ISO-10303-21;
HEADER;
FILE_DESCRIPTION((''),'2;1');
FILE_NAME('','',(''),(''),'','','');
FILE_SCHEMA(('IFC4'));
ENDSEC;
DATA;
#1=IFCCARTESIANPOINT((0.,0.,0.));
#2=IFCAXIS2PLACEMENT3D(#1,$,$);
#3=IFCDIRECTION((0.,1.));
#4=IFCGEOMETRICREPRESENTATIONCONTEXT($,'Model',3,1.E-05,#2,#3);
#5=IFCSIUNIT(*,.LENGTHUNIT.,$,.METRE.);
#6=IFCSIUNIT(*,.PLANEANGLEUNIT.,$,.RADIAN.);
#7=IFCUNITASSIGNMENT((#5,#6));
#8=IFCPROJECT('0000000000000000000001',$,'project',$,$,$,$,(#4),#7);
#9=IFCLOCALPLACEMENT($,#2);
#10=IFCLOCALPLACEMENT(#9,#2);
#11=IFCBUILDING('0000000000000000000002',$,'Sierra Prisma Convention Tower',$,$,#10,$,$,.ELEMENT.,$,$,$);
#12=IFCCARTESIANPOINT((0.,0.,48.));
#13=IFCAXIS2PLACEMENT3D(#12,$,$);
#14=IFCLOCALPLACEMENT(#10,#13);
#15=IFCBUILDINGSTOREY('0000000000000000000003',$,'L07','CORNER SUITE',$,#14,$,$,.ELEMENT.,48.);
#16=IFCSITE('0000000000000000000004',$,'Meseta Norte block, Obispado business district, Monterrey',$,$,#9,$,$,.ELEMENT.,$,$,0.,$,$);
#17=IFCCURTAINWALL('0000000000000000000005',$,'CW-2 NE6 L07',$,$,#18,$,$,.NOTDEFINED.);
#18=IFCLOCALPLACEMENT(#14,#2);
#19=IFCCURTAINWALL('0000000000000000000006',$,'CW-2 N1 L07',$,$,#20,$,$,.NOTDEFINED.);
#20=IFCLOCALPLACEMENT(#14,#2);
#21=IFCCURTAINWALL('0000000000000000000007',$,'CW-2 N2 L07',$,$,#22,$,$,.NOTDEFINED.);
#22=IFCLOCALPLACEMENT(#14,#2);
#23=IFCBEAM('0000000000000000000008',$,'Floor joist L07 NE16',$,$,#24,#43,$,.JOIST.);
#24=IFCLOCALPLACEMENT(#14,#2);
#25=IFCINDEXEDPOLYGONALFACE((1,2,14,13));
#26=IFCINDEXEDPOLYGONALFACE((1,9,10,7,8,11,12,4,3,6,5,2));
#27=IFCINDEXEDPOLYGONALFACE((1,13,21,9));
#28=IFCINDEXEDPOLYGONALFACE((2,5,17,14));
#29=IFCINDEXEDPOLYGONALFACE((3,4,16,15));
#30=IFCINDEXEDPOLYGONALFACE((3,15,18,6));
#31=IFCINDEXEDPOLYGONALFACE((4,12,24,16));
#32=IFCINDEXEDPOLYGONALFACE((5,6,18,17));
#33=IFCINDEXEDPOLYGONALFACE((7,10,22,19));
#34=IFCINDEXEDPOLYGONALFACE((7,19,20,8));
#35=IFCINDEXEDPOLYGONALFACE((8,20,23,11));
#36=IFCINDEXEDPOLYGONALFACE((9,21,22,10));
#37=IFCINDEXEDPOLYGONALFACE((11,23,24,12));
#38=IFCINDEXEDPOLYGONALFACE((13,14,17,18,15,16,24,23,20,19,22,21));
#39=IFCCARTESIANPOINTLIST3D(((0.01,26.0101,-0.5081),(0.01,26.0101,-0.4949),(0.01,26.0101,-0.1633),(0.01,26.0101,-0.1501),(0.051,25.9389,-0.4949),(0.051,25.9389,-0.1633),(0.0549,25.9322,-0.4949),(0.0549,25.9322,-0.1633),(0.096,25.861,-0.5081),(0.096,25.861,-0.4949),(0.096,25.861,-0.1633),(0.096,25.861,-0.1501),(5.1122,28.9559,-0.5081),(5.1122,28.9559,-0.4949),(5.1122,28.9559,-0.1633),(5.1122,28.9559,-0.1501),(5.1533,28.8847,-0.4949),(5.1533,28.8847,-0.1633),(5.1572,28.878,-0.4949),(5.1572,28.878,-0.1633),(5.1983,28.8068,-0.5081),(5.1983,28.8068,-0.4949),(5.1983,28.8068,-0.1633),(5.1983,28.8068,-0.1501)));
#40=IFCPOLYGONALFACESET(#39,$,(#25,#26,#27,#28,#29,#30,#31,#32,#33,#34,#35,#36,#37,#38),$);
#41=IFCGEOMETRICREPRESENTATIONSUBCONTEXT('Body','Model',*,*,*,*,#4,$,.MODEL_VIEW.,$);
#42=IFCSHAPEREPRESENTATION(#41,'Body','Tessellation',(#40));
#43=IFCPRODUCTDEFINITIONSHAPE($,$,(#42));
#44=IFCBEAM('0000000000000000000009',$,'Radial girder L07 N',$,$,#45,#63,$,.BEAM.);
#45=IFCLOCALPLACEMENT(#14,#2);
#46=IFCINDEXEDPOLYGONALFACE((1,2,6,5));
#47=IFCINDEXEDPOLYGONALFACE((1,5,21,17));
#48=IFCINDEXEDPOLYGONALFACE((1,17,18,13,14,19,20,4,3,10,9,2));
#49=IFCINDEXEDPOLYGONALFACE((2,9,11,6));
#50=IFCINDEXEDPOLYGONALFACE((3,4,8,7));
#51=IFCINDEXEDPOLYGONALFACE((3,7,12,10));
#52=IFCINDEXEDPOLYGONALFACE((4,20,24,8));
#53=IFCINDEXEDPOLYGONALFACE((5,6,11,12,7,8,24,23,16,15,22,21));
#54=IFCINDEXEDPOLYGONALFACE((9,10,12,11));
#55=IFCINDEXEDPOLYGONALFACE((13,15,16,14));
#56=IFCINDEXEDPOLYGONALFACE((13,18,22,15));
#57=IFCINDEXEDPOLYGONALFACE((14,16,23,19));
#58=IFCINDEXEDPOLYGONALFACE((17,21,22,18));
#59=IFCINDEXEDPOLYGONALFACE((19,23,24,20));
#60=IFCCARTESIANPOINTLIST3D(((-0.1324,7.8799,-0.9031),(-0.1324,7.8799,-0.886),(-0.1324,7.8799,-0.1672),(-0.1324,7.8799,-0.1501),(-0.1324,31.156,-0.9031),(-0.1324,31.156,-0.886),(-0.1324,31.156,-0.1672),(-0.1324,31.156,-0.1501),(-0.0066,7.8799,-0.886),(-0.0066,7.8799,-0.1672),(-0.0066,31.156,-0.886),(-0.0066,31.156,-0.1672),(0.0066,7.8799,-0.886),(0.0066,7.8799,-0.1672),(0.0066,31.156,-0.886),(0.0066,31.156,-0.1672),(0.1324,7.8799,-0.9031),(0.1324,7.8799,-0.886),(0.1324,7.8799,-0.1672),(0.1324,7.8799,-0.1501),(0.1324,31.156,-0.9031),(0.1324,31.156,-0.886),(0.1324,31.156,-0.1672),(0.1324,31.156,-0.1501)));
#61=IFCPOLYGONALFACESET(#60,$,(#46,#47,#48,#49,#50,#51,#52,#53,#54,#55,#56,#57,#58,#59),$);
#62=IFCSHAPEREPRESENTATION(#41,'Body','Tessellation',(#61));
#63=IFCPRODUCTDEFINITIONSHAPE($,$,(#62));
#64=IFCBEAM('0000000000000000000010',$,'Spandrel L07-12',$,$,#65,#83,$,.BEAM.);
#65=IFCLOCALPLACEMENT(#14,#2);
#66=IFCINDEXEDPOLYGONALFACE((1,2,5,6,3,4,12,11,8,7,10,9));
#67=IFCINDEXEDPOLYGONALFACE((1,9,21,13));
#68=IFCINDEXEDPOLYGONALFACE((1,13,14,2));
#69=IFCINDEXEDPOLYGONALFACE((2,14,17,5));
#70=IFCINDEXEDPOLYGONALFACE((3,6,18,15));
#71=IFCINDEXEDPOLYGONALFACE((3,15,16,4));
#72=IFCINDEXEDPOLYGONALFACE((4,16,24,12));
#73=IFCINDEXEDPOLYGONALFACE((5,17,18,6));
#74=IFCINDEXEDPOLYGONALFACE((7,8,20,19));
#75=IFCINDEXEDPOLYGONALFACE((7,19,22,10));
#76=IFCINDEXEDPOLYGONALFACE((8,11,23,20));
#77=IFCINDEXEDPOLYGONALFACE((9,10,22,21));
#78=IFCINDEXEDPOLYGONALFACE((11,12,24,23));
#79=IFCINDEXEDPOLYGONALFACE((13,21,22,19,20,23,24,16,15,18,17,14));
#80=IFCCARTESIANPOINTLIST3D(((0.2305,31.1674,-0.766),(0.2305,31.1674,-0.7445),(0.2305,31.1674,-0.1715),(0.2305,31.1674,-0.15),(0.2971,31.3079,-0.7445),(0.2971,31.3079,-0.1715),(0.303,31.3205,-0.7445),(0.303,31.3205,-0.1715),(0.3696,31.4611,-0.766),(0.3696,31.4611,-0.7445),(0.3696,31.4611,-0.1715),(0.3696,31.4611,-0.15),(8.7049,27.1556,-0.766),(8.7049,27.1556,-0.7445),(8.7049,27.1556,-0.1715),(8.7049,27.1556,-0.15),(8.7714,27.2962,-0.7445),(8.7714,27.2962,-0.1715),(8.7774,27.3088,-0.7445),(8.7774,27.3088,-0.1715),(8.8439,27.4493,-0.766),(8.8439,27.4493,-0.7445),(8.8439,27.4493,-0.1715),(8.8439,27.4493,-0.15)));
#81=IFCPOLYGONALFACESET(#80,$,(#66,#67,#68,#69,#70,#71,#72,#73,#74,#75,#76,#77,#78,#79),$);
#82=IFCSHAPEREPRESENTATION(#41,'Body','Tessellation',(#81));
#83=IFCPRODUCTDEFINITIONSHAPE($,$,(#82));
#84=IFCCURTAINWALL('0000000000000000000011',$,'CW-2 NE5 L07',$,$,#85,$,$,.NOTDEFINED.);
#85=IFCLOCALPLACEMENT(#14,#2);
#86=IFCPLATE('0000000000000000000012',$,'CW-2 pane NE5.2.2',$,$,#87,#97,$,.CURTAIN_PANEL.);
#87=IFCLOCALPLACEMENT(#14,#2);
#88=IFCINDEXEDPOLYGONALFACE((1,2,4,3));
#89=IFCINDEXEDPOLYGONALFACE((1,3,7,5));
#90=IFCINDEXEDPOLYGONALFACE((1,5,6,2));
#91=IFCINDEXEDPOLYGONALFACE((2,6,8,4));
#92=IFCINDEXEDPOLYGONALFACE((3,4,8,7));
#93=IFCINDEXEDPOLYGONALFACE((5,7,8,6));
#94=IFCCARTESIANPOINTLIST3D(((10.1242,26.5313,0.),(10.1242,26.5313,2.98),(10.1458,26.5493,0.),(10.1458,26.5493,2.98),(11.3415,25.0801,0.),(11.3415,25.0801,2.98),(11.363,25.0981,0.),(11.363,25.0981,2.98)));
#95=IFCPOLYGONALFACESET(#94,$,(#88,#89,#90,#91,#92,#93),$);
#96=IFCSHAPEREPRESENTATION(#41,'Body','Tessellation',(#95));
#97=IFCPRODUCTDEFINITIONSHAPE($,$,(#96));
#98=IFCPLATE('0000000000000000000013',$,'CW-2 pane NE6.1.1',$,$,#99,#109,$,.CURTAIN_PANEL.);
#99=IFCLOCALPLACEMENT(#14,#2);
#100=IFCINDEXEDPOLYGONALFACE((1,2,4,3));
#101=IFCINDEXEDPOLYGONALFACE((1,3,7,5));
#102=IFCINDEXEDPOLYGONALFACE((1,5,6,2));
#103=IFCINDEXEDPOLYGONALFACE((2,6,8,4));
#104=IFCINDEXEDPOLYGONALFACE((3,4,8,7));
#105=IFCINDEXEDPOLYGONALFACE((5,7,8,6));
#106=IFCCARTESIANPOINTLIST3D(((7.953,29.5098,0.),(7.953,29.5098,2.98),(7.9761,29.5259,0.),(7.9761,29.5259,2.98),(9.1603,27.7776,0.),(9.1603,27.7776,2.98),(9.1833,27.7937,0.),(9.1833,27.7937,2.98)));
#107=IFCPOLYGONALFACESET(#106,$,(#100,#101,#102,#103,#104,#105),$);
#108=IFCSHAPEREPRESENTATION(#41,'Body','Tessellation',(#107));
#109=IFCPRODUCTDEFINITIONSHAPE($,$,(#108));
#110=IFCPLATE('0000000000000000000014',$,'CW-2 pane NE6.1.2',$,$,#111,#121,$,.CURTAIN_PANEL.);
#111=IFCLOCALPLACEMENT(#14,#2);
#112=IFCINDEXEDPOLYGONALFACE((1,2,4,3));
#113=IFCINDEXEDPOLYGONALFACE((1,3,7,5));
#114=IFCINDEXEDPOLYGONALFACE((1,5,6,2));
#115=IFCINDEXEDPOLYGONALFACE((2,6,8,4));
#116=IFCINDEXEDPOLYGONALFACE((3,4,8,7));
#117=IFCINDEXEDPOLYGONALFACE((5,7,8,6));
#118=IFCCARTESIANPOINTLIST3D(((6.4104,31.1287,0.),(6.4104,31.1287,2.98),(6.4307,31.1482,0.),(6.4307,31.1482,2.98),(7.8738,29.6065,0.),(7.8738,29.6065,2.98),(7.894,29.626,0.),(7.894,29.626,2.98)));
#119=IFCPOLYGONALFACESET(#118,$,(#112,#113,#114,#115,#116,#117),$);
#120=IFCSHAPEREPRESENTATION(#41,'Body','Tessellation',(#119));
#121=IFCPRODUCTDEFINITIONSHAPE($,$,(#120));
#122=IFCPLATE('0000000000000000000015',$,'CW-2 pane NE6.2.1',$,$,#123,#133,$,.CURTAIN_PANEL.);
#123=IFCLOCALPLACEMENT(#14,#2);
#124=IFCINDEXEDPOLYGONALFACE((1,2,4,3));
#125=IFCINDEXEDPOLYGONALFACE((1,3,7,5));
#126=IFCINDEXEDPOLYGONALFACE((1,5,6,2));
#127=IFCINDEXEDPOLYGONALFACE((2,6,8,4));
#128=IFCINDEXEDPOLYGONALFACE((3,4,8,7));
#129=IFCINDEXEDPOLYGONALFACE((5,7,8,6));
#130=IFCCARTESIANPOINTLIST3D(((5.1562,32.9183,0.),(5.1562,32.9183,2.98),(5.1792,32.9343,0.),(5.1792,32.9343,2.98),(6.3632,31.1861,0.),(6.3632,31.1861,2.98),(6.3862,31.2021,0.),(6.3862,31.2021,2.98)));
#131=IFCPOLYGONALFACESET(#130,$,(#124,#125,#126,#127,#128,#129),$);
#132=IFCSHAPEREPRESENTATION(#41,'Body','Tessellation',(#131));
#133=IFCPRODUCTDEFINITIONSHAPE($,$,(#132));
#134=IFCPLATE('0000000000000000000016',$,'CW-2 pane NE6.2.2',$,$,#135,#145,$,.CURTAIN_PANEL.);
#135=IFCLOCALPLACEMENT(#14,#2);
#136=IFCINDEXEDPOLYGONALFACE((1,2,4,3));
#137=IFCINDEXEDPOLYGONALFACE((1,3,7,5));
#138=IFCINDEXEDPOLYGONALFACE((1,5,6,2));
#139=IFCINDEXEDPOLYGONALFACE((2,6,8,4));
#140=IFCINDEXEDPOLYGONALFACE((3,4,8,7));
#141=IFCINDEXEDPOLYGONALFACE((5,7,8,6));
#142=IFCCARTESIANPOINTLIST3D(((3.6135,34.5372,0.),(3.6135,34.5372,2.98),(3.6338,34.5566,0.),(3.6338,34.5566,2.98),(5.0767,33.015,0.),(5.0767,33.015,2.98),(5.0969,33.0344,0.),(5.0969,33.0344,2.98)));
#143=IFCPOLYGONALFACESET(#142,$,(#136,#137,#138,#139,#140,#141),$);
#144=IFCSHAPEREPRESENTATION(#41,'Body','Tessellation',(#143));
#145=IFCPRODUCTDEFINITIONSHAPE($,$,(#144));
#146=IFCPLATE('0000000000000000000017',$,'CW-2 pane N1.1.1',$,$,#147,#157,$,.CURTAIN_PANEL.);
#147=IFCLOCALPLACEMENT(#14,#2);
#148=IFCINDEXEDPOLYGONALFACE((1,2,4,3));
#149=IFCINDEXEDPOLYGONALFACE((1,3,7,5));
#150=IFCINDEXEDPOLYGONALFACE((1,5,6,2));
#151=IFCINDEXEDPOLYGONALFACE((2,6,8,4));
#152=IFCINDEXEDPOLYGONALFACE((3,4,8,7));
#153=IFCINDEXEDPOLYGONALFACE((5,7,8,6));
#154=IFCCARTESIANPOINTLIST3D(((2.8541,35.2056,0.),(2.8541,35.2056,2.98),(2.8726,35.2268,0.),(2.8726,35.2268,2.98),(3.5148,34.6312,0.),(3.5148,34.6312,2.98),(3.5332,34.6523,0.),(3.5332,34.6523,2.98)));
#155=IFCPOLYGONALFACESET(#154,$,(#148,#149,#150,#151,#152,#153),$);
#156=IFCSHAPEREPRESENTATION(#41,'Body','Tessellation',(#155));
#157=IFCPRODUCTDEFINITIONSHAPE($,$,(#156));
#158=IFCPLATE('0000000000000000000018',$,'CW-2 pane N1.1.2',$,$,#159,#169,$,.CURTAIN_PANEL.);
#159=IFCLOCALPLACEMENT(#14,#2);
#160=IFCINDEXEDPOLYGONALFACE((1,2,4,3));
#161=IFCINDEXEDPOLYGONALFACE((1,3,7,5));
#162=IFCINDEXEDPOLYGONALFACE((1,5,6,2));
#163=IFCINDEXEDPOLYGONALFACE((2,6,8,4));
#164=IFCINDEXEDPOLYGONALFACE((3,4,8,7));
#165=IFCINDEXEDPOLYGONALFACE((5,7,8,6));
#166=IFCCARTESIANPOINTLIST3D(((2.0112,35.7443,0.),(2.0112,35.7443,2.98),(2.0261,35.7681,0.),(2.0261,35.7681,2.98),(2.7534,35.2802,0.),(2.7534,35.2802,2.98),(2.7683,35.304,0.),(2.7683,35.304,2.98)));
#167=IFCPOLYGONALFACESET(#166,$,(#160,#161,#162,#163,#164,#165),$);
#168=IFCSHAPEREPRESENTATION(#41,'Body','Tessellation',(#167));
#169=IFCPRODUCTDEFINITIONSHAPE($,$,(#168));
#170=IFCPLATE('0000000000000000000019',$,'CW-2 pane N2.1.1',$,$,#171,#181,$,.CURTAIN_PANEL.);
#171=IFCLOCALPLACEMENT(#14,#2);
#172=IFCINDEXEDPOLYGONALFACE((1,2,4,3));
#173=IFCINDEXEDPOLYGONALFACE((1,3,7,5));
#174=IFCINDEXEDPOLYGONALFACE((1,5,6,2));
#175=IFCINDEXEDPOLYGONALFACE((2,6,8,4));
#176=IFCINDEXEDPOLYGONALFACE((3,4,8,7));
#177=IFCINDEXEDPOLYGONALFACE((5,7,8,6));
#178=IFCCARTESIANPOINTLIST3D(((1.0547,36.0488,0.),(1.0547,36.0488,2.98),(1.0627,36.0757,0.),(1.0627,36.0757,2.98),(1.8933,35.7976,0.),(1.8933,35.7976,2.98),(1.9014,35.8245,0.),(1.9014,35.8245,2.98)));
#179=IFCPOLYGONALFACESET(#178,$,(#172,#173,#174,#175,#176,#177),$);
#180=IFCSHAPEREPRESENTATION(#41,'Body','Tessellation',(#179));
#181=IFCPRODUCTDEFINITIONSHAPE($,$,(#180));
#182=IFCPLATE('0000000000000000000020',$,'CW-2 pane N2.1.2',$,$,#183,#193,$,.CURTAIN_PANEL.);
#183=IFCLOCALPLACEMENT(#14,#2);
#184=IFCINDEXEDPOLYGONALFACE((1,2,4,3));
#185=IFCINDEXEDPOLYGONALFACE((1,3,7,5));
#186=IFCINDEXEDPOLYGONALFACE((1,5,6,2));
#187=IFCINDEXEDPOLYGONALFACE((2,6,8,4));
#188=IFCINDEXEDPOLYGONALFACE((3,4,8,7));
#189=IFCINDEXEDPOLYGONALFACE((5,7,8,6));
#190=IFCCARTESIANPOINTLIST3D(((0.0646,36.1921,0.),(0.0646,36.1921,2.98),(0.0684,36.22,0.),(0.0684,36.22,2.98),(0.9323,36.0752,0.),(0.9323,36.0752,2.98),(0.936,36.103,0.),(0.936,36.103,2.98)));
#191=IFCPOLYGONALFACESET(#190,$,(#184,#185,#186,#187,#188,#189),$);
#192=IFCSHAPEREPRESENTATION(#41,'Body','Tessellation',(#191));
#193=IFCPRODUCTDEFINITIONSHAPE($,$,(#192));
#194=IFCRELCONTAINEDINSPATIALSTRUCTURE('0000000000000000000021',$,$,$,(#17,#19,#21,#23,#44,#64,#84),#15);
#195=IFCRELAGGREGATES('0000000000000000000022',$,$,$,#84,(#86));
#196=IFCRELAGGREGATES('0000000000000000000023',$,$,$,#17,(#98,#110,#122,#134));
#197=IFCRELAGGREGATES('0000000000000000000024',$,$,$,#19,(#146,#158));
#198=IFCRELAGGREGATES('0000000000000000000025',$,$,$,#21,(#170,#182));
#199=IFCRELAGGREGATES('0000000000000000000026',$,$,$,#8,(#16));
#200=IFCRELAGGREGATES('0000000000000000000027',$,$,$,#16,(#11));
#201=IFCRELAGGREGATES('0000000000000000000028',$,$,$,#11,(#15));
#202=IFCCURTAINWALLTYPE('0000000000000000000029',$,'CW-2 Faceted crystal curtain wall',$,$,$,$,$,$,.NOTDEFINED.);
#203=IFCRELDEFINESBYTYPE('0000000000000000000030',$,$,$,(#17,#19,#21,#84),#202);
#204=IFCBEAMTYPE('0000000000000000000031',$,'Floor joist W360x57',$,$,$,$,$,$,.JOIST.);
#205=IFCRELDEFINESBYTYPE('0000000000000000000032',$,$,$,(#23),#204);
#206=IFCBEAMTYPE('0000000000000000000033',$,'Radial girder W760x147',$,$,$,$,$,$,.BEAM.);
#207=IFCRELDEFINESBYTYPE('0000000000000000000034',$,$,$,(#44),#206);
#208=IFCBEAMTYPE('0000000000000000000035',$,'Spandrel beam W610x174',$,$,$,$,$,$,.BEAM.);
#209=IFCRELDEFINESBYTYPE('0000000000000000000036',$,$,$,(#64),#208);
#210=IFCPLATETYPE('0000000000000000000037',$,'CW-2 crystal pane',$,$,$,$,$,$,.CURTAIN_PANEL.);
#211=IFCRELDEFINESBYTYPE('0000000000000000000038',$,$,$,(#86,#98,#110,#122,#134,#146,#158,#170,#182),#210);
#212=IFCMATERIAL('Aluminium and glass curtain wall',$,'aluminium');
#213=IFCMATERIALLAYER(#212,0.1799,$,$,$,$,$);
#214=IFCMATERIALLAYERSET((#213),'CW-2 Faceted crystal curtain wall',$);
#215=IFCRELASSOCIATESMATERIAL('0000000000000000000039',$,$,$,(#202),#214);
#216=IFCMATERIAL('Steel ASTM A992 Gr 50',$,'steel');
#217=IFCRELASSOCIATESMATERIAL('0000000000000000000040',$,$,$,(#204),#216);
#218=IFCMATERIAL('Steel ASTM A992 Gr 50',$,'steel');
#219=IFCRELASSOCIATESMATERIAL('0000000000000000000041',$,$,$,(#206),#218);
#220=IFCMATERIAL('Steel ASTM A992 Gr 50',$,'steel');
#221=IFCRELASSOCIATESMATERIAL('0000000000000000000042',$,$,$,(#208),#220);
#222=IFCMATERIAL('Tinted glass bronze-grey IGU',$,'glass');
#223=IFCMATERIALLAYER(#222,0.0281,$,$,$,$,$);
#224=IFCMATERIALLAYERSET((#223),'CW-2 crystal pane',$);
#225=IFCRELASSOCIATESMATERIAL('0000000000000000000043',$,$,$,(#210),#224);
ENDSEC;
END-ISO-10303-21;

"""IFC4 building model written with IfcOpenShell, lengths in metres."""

from ifc_helpers import new_model, si_unit, direction, frame, origin, origin_2d, place, context, subcontext, project, spatial, polyline, i_section, outline, extrude, material, layer, layer_set, material_profile, profile_set, type_object, element, aggregate, save


model = new_model("IFC4")

# Units and contexts
model_context = context("Model", 3, precision=1e-05, world=origin(), true_north=direction((0.0, 1.0)))
body_context = subcontext(model_context, "Body", "Model", "MODEL_VIEW")
ifc_project = project(units=[si_unit("LENGTHUNIT", "METRE"), si_unit("PLANEANGLEUNIT", "RADIAN")], contexts=[model_context])

# Site, building, storey
site_placement = place(None, origin())
site = spatial("IfcSite", under=ifc_project, at=site_placement, Name="Meseta Norte block, Obispado business district, Monterrey", CompositionType="ELEMENT", RefElevation=0.0)
building_placement = place(site_placement, origin())
building = spatial("IfcBuilding", under=site, at=building_placement, Name="Sierra Prisma Convention Tower", CompositionType="ELEMENT")
storey_placement = place(building_placement, frame((0.0, 0.0, 48.0)))
storey = spatial("IfcBuildingStorey", under=building, at=storey_placement, Name="L07", Description="CORNER SUITE", CompositionType="ELEMENT", Elevation=48.0)

# Curtain wall
ifc_material_1 = material(Name="Aluminium and glass curtain wall", Category="aluminium")
ifc_layer_1 = layer(ifc_material_1, 0.1799)
ifc_layer_set_1 = layer_set([ifc_layer_1], Name="CW-2 Faceted crystal curtain wall")
curtain_wall_type = type_object("IfcCurtainWallType", Name="CW-2 Faceted crystal curtain wall", PredefinedType="NOTDEFINED", material=ifc_layer_set_1)
curtain_wall_1_placement = place(storey_placement, origin())
curtain_wall_1 = element("IfcCurtainWall", 1, at=curtain_wall_1_placement, inside=storey, type_object=curtain_wall_type, Name="CW-2 NE6 L07", PredefinedType="NOTDEFINED")

# Curtain walls
curtain_wall_2_placement = place(storey_placement, origin())
curtain_wall_2 = element("IfcCurtainWall", 2, at=curtain_wall_2_placement, inside=storey, type_object=curtain_wall_type, Name="CW-2 N1 L07", PredefinedType="NOTDEFINED")
curtain_wall_3_placement = place(storey_placement, origin())
curtain_wall_3 = element("IfcCurtainWall", 3, at=curtain_wall_3_placement, inside=storey, type_object=curtain_wall_type, Name="CW-2 N2 L07", PredefinedType="NOTDEFINED")

# Beams
ifc_material_2 = material(Name="Steel ASTM A992 Gr 50", Category="steel")
ifc_material_profile_1 = material_profile(ifc_material_2, i_section(OverallWidth=0.1721, OverallDepth=0.3579, WebThickness=0.0078, FlangeThickness=0.0132, at=origin_2d()), Name="W360x57")
ifc_profile_set_1 = profile_set([ifc_material_profile_1], Name="Steel ASTM A992 Gr 50")
beam_type_1 = type_object("IfcBeamType", Name="Floor joist W360x57", PredefinedType="JOIST", material=ifc_profile_set_1)
beam_1_placement = place(storey_placement, frame((5.1553, 28.8813, -0.3291), z_axis=(-0.866026, -0.499999, 0.0), x_axis=(0.499999, -0.866026, 0.0)))
element("IfcBeam", 4, at=beam_1_placement, inside=storey, type_object=beam_type_1, Name="Floor joist L07 NE16", PredefinedType="JOIST", context=body_context, shape_type="SweptSolid", body=[
    extrude(i_section(OverallWidth=0.1721, OverallDepth=0.3579, WebThickness=0.0078, FlangeThickness=0.0132, at=origin_2d()), origin(), (0.0, 0.0, 1.0), 5.8916),
])
ifc_material_3 = material(Name="Steel ASTM A992 Gr 50", Category="steel")
ifc_material_profile_2 = material_profile(ifc_material_3, i_section(OverallWidth=0.2649, OverallDepth=0.7529, WebThickness=0.0132, FlangeThickness=0.0171, at=origin_2d()), Name="W760x147")
ifc_profile_set_2 = profile_set([ifc_material_profile_2], Name="Steel ASTM A992 Gr 50")
beam_type_2 = type_object("IfcBeamType", Name="Radial girder W760x147", PredefinedType="BEAM", material=ifc_profile_set_2)
beam_2_placement = place(storey_placement, frame((0.0, 31.156, -0.5266), z_axis=(0.0, -1.0, 0.0), x_axis=(1.0, 0.0, 0.0)))
element("IfcBeam", 5, at=beam_2_placement, inside=storey, type_object=beam_type_2, Name="Radial girder L07 N", PredefinedType="BEAM", context=body_context, shape_type="SweptSolid", body=[
    extrude(i_section(OverallWidth=0.2649, OverallDepth=0.7529, WebThickness=0.0132, FlangeThickness=0.0171, at=origin_2d()), origin(), (0.0, 0.0, 1.0), 23.2761),
])
ifc_material_4 = material(Name="Steel ASTM A992 Gr 50", Category="steel")
ifc_material_profile_3 = material_profile(ifc_material_4, i_section(OverallWidth=0.325, OverallDepth=0.616, WebThickness=0.0139, FlangeThickness=0.0215, at=origin_2d()), Name="W610x174")
ifc_profile_set_3 = profile_set([ifc_material_profile_3], Name="Steel ASTM A992 Gr 50")
beam_type_3 = type_object("IfcBeamType", Name="Spandrel beam W610x174", PredefinedType="BEAM", material=ifc_profile_set_3)
beam_3_placement = place(storey_placement, frame((8.7744, 27.3025, -0.458), z_axis=(-0.903839, 0.427873, 0.0), x_axis=(-0.427873, -0.903839, 0.0)))
element("IfcBeam", 6, at=beam_3_placement, inside=storey, type_object=beam_type_3, Name="Spandrel L07-12", PredefinedType="BEAM", context=body_context, shape_type="SweptSolid", body=[
    extrude(i_section(OverallWidth=0.325, OverallDepth=0.616, WebThickness=0.0139, FlangeThickness=0.0215, at=origin_2d()), origin(), (0.0, 0.0, 1.0), 9.376),
])

# Curtain wall, plate
curtain_wall_4_placement = place(storey_placement, origin())
curtain_wall_4 = element("IfcCurtainWall", 7, at=curtain_wall_4_placement, inside=storey, type_object=curtain_wall_type, Name="CW-2 NE5 L07", PredefinedType="NOTDEFINED")
ifc_material_5 = material(Name="Tinted glass bronze-grey IGU", Category="glass")
ifc_layer_2 = layer(ifc_material_5, 0.0281)
ifc_layer_set_2 = layer_set([ifc_layer_2], Name="CW-2 crystal pane")
plate_type = type_object("IfcPlateType", Name="CW-2 crystal pane", PredefinedType="CURTAIN_PANEL", material=ifc_layer_set_2)
plate_1_placement = place(storey_placement, frame((10.1458, 26.5493, 0.0), z_axis=(0.766147, 0.642666, 0.0), x_axis=(0.642666, -0.766147, 0.0)))
plate_1 = element("IfcPlate", 8, at=plate_1_placement, type_object=plate_type, Name="CW-2 pane NE5.2.2", PredefinedType="CURTAIN_PANEL", context=body_context, shape_type="SweptSolid", body=[
    extrude(outline(polyline([(0.0, 0.0), (1.8941, 0.0), (1.8941, -2.98), (0.0, -2.98), (0.0, 0.0)])), origin(), (0.0, 0.0, -1.0), 0.0281),
])
aggregate(curtain_wall_4, [plate_1])

# Plates
plate_2_placement = place(storey_placement, frame((9.1833, 27.7937, 0.0), z_axis=(0.820398, 0.571793, 0.0), x_axis=(-0.571793, 0.820398, 0.0)))
plate_2 = element("IfcPlate", 9, at=plate_2_placement, type_object=plate_type, Name="CW-2 pane NE6.1.1", PredefinedType="CURTAIN_PANEL", context=body_context, shape_type="SweptSolid", body=[
    extrude(outline(polyline([(0.0, 0.0), (2.1114, 0.0), (2.1114, 2.98), (0.0, 2.98), (0.0, 0.0)])), origin(), (0.0, 0.0, -1.0), 0.0281),
])
plate_3_placement = place(storey_placement, frame((6.4307, 31.1482, 0.0), z_axis=(0.720902, 0.693037, 0.0), x_axis=(0.693037, -0.720902, 0.0)))
plate_3 = element("IfcPlate", 10, at=plate_3_placement, type_object=plate_type, Name="CW-2 pane NE6.1.2", PredefinedType="CURTAIN_PANEL", context=body_context, shape_type="SweptSolid", body=[
    extrude(outline(polyline([(0.0, 0.0), (2.1115, 0.0), (2.1115, -2.98), (0.0, -2.98), (0.0, 0.0)])), origin(), (0.0, 0.0, -1.0), 0.0281),
])
plate_4_placement = place(storey_placement, frame((6.3862, 31.2021, 0.0), z_axis=(0.820452, 0.571715, 0.0), x_axis=(-0.571715, 0.820452, 0.0)))
plate_4 = element("IfcPlate", 11, at=plate_4_placement, type_object=plate_type, Name="CW-2 pane NE6.2.1", PredefinedType="CURTAIN_PANEL", context=body_context, shape_type="SweptSolid", body=[
    extrude(outline(polyline([(0.0, 0.0), (2.1112, 0.0), (2.1112, 2.98), (0.0, 2.98), (0.0, 0.0)])), origin(), (0.0, 0.0, -1.0), 0.0281),
])
plate_5_placement = place(storey_placement, frame((3.6338, 34.5566, 0.0), z_axis=(0.72096, 0.692977, 0.0), x_axis=(0.692977, -0.72096, 0.0)))
plate_5 = element("IfcPlate", 12, at=plate_5_placement, type_object=plate_type, Name="CW-2 pane NE6.2.2", PredefinedType="CURTAIN_PANEL", context=body_context, shape_type="SweptSolid", body=[
    extrude(outline(polyline([(0.0, 0.0), (2.1114, 0.0), (2.1114, -2.98), (0.0, -2.98), (0.0, 0.0)])), origin(), (0.0, 0.0, -1.0), 0.0281),
])
aggregate(curtain_wall_1, [plate_2, plate_3, plate_4, plate_5])
plate_6_placement = place(storey_placement, frame((3.5332, 34.6523, 0.0), z_axis=(0.656172, 0.754612, 0.0), x_axis=(-0.754612, 0.656172, 0.0)))
plate_6 = element("IfcPlate", 13, at=plate_6_placement, type_object=plate_type, Name="CW-2 pane N1.1.1", PredefinedType="CURTAIN_PANEL", context=body_context, shape_type="SweptSolid", body=[
    extrude(outline(polyline([(0.0, 0.0), (0.8755, 0.0), (0.8755, 2.98), (0.0, 2.98), (0.0, 0.0)])), origin(), (0.0, 0.0, -1.0), 0.0281),
])
plate_7_placement = place(storey_placement, frame((2.0261, 35.7681, 0.0), z_axis=(0.530199, 0.847873, 0.0), x_axis=(0.847873, -0.530199, 0.0)))
plate_7 = element("IfcPlate", 14, at=plate_7_placement, type_object=plate_type, Name="CW-2 pane N1.1.2", PredefinedType="CURTAIN_PANEL", context=body_context, shape_type="SweptSolid", body=[
    extrude(outline(polyline([(0.0, 0.0), (0.8754, 0.0), (0.8754, -2.98), (0.0, -2.98), (0.0, 0.0)])), origin(), (0.0, 0.0, -1.0), 0.0281),
])
aggregate(curtain_wall_2, [plate_6, plate_7])
plate_8_placement = place(storey_placement, frame((1.9014, 35.8245, 0.0), z_axis=(0.286964, 0.957941, 0.0), x_axis=(-0.957941, 0.286964, 0.0)))
plate_8 = element("IfcPlate", 15, at=plate_8_placement, type_object=plate_type, Name="CW-2 pane N2.1.1", PredefinedType="CURTAIN_PANEL", context=body_context, shape_type="SweptSolid", body=[
    extrude(outline(polyline([(0.0, 0.0), (0.8754, 0.0), (0.8754, 2.98), (0.0, 2.98), (0.0, 0.0)])), origin(), (0.0, 0.0, -1.0), 0.0281),
])
plate_9_placement = place(storey_placement, frame((0.0684, 36.22, 0.0), z_axis=(0.13357, 0.991039, 0.0), x_axis=(0.991039, -0.13357, 0.0)))
plate_9 = element("IfcPlate", 16, at=plate_9_placement, type_object=plate_type, Name="CW-2 pane N2.1.2", PredefinedType="CURTAIN_PANEL", context=body_context, shape_type="SweptSolid", body=[
    extrude(outline(polyline([(0.0, 0.0), (0.8755, 0.0), (0.8755, -2.98), (0.0, -2.98), (0.0, 0.0)])), origin(), (0.0, 0.0, -1.0), 0.0281),
])
aggregate(curtain_wall_3, [plate_8, plate_9])

save(model, "model.ifc")
